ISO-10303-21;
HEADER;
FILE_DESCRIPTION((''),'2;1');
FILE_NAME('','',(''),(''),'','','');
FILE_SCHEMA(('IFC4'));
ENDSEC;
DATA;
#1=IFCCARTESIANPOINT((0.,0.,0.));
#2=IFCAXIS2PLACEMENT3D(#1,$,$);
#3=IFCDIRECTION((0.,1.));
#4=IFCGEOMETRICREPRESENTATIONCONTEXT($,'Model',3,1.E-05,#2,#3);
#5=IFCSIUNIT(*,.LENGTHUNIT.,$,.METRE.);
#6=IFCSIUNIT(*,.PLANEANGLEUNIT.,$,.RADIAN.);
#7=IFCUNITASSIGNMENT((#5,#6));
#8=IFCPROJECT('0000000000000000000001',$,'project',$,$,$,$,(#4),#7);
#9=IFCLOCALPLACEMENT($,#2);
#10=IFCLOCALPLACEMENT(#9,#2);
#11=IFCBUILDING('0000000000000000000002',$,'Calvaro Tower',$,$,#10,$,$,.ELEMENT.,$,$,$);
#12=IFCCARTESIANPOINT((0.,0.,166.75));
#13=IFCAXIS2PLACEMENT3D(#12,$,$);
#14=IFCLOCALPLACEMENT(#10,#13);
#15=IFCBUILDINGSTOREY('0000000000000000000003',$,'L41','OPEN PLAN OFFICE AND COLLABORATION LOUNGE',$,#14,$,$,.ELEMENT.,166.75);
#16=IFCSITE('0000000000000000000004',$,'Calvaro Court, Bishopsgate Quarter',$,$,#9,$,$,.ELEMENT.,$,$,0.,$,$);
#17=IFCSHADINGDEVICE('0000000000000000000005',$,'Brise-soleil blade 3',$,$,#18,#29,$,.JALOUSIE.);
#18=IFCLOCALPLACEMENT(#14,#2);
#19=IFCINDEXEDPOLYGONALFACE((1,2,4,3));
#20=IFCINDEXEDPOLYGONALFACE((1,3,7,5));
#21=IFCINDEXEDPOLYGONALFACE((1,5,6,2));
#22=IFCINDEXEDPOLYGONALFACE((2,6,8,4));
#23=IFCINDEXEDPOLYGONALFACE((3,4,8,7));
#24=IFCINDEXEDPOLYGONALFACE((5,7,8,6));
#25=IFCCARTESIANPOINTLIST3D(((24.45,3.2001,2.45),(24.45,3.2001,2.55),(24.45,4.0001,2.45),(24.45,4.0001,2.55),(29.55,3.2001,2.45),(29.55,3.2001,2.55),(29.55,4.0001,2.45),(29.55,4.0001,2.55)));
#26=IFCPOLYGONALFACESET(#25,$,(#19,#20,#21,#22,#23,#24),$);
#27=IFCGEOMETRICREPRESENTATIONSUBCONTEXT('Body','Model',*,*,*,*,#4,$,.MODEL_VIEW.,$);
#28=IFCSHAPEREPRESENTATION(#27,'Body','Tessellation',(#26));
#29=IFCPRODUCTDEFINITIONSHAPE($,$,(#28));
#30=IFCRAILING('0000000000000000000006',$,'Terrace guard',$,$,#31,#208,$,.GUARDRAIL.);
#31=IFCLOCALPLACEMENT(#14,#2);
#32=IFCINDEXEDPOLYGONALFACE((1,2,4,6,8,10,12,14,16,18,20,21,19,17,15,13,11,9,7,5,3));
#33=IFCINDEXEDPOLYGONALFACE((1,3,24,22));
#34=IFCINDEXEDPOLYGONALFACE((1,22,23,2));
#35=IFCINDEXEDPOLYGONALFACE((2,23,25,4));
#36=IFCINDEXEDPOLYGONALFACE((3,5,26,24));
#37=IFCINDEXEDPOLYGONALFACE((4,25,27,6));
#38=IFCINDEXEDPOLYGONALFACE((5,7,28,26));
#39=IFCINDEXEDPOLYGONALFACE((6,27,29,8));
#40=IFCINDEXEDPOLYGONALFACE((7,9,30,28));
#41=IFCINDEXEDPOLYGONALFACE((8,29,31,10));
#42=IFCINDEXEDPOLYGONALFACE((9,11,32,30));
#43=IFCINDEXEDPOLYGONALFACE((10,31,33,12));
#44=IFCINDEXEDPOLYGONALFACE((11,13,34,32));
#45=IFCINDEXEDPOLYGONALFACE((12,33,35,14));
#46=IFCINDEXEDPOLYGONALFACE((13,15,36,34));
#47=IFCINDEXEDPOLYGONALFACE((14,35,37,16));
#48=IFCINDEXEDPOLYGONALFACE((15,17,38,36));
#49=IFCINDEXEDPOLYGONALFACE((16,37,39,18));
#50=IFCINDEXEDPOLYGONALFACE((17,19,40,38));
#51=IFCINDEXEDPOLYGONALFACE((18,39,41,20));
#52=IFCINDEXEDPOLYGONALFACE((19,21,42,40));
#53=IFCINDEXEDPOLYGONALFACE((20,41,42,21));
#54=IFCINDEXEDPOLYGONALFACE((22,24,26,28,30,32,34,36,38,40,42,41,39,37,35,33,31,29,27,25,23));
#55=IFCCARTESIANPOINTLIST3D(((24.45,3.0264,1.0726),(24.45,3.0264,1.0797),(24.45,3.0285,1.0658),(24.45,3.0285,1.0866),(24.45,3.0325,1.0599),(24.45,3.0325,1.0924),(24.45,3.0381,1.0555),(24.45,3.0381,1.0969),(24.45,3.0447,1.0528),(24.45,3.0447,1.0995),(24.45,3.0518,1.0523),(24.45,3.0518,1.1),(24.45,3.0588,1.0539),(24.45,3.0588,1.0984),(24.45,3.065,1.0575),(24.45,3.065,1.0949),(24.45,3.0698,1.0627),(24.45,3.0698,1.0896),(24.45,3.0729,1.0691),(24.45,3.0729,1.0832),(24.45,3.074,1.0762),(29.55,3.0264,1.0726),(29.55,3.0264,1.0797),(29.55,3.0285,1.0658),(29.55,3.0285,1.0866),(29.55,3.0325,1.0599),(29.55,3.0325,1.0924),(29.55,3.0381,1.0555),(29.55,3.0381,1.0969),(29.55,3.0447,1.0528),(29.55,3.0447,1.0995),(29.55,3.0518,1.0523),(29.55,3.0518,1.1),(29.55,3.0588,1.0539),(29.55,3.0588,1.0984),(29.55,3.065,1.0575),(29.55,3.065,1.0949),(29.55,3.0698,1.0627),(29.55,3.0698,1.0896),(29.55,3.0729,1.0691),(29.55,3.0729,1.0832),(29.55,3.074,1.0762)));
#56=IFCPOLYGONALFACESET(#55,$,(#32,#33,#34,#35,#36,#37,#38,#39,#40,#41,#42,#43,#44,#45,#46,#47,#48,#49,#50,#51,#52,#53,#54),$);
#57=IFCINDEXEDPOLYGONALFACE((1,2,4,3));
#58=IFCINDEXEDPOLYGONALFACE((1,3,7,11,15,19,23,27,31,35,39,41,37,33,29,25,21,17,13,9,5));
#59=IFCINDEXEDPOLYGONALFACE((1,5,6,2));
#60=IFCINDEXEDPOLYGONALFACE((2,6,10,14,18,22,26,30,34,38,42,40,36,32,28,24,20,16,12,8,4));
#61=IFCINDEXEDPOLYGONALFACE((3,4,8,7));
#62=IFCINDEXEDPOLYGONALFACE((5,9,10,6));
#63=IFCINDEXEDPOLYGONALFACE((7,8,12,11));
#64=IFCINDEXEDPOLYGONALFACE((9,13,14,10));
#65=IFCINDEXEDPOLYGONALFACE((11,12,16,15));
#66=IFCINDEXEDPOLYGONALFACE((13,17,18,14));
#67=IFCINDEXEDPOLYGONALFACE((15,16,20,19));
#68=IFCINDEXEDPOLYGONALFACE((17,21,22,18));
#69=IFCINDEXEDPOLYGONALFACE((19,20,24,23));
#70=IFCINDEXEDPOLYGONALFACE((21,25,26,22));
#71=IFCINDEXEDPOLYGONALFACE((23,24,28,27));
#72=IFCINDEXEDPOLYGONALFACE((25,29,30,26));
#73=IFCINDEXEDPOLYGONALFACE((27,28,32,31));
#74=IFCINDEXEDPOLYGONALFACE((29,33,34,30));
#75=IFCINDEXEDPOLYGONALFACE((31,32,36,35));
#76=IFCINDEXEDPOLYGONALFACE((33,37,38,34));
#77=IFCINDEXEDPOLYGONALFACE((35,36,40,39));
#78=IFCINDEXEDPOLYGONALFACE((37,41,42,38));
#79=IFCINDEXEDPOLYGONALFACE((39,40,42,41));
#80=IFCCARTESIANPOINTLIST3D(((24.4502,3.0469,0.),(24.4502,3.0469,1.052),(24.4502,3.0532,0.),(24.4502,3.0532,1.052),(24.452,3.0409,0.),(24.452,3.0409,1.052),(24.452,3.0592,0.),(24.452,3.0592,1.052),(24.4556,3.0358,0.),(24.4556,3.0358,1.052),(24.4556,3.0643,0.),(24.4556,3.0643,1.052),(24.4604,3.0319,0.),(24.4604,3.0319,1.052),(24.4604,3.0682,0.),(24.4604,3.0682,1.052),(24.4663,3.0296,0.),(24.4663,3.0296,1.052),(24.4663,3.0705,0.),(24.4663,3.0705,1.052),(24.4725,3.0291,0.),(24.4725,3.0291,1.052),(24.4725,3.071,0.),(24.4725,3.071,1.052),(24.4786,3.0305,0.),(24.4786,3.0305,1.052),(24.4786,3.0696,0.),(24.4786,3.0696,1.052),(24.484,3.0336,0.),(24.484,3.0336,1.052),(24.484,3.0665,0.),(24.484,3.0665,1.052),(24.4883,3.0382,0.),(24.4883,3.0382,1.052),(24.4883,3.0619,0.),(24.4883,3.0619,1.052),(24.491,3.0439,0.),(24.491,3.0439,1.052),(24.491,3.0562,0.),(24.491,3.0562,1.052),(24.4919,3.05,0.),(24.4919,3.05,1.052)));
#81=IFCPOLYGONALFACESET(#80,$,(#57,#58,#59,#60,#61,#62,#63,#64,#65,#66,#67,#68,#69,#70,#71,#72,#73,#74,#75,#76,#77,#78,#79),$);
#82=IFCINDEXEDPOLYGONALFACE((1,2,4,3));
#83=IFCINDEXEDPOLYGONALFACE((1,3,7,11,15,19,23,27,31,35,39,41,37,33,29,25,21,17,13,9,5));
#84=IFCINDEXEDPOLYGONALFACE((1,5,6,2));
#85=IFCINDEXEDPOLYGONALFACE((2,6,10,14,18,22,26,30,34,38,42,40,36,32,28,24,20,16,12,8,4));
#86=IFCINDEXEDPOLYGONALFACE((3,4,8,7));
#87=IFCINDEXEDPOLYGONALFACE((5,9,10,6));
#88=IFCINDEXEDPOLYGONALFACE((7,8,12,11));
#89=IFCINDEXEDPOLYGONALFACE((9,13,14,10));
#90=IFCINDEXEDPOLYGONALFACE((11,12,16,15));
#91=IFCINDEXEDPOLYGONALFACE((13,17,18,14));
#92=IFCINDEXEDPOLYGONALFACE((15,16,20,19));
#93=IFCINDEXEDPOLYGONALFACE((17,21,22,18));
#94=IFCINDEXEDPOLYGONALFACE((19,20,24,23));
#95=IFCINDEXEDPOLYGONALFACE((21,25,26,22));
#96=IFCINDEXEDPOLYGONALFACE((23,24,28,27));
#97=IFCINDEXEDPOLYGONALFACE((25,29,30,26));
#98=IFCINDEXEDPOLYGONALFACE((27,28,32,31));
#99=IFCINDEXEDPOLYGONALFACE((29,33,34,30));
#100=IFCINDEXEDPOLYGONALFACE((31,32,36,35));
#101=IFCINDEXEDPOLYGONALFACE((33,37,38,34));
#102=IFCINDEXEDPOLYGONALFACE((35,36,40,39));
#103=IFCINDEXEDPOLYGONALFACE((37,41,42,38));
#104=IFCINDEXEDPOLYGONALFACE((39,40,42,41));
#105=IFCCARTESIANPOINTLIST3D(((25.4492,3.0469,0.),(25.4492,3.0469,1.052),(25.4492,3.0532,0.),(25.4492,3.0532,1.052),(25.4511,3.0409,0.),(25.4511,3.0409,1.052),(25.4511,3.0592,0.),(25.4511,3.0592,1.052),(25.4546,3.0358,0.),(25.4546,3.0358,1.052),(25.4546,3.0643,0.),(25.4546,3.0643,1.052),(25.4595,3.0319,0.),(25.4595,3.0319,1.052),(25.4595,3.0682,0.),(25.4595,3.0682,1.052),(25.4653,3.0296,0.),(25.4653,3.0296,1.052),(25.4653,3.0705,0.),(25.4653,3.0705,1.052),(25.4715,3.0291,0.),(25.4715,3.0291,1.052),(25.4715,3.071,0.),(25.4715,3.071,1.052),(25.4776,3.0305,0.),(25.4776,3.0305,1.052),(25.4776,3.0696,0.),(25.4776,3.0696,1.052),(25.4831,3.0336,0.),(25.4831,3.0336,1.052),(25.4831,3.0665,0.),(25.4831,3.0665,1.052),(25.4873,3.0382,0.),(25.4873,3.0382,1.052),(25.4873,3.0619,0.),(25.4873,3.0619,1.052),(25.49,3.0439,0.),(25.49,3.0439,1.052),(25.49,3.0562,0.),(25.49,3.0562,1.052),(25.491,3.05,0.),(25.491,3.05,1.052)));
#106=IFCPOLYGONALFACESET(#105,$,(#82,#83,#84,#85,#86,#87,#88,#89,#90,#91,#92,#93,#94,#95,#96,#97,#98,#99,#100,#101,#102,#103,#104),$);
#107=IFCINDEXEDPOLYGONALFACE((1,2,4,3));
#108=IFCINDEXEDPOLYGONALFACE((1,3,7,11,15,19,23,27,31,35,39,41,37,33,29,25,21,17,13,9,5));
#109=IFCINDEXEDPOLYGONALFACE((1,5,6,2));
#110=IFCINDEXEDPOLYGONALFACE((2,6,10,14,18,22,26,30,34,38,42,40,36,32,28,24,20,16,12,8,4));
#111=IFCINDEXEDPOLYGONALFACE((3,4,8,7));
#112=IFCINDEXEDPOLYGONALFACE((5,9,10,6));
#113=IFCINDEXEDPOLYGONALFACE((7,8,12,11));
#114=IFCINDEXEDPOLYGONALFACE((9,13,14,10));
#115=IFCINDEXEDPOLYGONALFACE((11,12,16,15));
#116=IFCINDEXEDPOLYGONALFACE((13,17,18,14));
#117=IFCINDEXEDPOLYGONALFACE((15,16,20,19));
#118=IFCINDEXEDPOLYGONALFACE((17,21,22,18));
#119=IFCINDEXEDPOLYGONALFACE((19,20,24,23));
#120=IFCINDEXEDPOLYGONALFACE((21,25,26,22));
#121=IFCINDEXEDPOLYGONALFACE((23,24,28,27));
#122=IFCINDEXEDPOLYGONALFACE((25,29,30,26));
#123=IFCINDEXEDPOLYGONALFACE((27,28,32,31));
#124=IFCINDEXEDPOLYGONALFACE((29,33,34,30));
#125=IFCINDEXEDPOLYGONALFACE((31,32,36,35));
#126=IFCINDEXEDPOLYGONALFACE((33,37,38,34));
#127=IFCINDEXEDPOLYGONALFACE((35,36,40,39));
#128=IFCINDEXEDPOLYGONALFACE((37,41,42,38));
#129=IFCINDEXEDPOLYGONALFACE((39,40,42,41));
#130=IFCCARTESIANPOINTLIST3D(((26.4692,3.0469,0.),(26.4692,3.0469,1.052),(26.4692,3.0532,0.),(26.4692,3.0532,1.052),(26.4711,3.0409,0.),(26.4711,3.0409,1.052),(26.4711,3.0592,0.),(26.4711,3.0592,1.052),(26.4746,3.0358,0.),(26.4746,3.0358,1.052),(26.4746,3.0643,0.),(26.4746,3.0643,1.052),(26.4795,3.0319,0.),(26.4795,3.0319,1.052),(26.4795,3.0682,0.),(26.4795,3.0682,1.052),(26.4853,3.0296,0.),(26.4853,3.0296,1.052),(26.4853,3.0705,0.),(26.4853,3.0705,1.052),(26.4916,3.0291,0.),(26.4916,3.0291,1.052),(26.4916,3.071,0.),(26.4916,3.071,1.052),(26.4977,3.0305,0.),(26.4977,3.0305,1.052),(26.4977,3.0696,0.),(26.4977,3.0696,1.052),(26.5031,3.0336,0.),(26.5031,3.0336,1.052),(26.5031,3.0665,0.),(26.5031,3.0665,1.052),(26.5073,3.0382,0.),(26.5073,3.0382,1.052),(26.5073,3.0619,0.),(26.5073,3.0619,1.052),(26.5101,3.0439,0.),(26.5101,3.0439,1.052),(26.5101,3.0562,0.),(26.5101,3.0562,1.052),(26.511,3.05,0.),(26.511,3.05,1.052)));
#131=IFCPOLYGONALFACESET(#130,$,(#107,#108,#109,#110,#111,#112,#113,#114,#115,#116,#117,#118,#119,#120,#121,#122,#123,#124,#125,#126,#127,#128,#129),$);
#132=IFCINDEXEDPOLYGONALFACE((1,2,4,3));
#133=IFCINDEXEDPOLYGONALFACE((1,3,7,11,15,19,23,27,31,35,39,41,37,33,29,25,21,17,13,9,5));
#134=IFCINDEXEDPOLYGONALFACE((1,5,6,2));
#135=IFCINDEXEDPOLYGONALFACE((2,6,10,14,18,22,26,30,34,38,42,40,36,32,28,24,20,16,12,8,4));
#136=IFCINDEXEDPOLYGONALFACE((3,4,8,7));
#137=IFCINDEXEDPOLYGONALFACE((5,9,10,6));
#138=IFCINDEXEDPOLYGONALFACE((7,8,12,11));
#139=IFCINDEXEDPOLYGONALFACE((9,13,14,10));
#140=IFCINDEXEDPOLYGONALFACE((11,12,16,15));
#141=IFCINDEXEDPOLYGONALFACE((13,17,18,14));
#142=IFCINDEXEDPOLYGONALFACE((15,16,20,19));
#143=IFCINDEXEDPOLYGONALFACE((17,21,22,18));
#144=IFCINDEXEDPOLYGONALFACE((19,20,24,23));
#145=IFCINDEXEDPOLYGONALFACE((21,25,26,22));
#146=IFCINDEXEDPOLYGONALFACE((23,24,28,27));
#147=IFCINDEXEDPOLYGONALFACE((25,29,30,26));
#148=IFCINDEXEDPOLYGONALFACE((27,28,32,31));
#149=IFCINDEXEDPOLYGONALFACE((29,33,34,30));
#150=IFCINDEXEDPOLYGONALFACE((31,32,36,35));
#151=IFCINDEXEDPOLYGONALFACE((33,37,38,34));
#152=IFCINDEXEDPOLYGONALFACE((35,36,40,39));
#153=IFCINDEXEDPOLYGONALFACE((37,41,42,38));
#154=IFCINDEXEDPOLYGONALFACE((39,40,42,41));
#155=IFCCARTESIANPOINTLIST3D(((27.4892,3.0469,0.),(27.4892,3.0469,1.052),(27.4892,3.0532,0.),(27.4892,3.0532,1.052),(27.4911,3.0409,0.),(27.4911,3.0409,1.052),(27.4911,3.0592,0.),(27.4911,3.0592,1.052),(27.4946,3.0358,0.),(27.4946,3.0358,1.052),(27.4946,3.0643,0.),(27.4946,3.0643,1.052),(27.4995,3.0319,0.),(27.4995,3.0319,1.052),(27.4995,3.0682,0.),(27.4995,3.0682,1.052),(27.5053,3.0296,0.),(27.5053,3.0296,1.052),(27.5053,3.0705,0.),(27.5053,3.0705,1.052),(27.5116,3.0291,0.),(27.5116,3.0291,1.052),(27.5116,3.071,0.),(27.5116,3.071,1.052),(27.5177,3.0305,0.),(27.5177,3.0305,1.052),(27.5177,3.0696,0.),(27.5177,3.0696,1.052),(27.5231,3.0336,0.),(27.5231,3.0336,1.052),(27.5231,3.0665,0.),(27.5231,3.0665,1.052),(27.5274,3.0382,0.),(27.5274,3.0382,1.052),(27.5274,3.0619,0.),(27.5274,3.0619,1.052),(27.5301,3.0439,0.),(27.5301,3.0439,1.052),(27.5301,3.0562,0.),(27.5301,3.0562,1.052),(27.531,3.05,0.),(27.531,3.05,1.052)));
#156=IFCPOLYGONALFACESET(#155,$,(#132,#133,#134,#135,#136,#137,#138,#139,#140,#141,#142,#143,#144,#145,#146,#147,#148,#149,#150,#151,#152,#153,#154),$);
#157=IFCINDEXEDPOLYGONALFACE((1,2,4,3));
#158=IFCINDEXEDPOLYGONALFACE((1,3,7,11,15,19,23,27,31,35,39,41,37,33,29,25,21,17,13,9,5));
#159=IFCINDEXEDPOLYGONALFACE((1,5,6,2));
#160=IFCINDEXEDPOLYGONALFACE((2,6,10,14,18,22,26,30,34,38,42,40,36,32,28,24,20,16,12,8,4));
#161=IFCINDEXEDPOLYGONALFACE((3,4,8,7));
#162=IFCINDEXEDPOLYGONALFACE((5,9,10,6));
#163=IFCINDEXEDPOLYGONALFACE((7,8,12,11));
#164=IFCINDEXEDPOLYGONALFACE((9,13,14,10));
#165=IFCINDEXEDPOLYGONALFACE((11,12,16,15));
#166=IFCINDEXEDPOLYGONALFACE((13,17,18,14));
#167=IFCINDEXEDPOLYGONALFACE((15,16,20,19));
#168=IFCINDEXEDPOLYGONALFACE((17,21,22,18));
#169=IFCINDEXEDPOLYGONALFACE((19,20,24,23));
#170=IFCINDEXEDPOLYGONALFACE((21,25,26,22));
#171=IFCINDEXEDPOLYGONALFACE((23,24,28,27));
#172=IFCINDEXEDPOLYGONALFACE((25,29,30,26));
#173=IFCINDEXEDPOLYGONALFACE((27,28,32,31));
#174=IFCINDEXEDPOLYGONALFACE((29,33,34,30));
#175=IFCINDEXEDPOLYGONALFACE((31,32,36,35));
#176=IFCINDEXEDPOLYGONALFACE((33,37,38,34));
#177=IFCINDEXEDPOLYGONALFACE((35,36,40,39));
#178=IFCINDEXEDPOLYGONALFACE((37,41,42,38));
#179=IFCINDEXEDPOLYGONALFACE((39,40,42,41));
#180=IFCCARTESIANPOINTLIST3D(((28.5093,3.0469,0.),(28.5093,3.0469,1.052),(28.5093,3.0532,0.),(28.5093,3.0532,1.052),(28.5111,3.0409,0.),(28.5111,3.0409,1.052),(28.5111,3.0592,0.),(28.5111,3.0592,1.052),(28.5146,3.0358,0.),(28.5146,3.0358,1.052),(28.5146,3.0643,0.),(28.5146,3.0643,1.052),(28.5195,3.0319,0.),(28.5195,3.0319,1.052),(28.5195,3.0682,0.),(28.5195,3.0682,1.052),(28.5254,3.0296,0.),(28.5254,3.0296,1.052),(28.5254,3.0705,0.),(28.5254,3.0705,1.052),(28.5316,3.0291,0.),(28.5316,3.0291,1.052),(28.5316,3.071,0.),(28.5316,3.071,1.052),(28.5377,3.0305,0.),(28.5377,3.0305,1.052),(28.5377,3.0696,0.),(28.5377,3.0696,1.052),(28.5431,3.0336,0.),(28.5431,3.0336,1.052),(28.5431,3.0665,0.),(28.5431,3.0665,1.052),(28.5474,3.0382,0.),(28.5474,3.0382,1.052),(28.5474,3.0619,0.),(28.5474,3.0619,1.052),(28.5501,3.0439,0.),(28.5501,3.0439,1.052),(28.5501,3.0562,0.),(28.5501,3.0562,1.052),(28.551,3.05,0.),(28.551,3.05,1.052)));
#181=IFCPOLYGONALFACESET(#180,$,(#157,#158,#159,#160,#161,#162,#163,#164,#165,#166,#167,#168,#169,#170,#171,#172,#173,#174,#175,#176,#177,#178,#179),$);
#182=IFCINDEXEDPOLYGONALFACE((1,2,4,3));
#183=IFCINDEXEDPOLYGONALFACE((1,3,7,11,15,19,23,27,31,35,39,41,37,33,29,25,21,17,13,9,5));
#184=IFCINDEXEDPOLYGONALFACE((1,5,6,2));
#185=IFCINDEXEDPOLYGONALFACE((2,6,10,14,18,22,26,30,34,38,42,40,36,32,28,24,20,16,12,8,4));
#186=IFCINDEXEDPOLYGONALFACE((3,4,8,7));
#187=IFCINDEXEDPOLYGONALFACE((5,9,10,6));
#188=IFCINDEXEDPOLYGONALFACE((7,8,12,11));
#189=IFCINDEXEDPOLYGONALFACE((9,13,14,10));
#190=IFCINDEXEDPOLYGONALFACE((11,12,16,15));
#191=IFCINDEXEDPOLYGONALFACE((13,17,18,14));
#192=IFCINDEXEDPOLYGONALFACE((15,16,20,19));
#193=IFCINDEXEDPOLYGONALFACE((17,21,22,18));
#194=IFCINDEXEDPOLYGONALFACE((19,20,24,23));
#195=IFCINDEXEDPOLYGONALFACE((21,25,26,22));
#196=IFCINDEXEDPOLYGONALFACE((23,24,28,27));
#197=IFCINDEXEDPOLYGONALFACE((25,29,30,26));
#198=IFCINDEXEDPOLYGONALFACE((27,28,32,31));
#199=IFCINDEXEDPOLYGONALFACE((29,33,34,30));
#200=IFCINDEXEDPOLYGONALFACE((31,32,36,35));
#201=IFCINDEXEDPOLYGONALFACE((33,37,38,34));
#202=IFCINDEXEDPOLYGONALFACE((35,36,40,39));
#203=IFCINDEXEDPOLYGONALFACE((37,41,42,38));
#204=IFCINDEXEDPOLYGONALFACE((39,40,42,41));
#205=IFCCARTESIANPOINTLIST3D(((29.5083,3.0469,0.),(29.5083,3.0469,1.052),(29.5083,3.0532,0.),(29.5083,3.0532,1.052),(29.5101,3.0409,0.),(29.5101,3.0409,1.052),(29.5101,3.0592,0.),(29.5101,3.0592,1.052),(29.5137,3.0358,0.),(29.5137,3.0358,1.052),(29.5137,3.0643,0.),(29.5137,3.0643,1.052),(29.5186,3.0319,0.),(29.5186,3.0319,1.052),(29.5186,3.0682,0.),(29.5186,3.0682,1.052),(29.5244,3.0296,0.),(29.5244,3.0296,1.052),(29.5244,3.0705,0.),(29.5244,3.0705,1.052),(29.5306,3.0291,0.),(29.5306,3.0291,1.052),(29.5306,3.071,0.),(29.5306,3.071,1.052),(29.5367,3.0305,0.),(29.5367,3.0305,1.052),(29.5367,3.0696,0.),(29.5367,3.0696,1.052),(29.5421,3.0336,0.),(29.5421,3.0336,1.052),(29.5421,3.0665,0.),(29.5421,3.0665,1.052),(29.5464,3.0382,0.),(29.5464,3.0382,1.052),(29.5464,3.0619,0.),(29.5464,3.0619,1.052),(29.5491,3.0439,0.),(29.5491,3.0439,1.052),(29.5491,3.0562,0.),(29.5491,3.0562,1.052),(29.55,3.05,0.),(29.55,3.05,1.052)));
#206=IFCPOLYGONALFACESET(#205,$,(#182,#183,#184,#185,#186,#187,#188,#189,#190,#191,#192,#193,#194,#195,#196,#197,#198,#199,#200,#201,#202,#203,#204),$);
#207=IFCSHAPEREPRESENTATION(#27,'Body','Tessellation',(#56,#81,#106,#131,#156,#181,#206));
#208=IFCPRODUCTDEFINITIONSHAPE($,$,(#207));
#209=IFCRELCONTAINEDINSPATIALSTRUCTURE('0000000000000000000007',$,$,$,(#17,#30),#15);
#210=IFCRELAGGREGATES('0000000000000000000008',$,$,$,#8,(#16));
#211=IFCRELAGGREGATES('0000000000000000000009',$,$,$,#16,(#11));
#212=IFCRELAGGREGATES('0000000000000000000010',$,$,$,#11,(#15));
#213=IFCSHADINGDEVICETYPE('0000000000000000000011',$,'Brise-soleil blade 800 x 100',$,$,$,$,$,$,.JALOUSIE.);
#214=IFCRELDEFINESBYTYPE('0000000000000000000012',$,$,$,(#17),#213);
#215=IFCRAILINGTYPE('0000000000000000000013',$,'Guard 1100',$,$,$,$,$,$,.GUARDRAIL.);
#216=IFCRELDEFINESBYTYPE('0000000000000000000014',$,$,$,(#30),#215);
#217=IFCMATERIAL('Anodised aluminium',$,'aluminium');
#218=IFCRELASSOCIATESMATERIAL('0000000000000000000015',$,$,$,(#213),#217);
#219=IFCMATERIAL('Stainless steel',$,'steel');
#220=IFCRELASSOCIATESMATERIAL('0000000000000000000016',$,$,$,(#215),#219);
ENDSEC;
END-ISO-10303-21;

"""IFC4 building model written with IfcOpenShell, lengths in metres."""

from ifc_helpers import new_model, si_unit, direction, frame, origin, origin_2d, place, context, subcontext, project, spatial, rectangle, circle, extrude, material, material_profile, profile_set, type_object, element, save


model = new_model("IFC4")

# Units and contexts
model_context = context("Model", 3, precision=1e-05, world=origin(), true_north=direction((0.0, 1.0)))
body_context = subcontext(model_context, "Body", "Model", "MODEL_VIEW")
ifc_project = project(units=[si_unit("LENGTHUNIT", "METRE"), si_unit("PLANEANGLEUNIT", "RADIAN")], contexts=[model_context])

# Site, building, storey
site_placement = place(None, origin())
site = spatial("IfcSite", under=ifc_project, at=site_placement, Name="Calvaro Court, Bishopsgate Quarter", CompositionType="ELEMENT", RefElevation=0.0)
building_placement = place(site_placement, origin())
building = spatial("IfcBuilding", under=site, at=building_placement, Name="Calvaro Tower", CompositionType="ELEMENT")
storey_placement = place(building_placement, frame((0.0, 0.0, 166.75)))
storey = spatial("IfcBuildingStorey", under=building, at=storey_placement, Name="L41", Description="OPEN PLAN OFFICE AND COLLABORATION LOUNGE", CompositionType="ELEMENT", Elevation=166.75)

# Shading device
ifc_material_1 = material(Name="Anodised aluminium", Category="aluminium")
ifc_material_profile_1 = material_profile(ifc_material_1, rectangle(XDim=0.8, YDim=0.1001, at=origin_2d()), Name="Brise-soleil blade 800 x 100")
ifc_profile_set_1 = profile_set([ifc_material_profile_1], Name="Anodised aluminium")
shading_device_type = type_object("IfcShadingDeviceType", Name="Brise-soleil blade 800 x 100", PredefinedType="JALOUSIE", material=ifc_profile_set_1)
for number, where, z_axis, x_axis, name in (
    (1, (24.45, 3.6001, 2.5), (1.0, 0.0, 0.0), (0.0, 1.0, 0.0), "Brise-soleil blade 3"),
):
    element("IfcShadingDevice", number, at=place(storey_placement, frame(where, z_axis=z_axis, x_axis=x_axis)), inside=storey, type_object=shading_device_type, Name=name, PredefinedType="JALOUSIE", context=body_context, shape_type="SweptSolid", body=[
        extrude(rectangle(XDim=0.8, YDim=0.1001, at=origin_2d()), origin(), (0.0, 0.0, 1.0), 5.1001),
    ])

# Railing
ifc_material_2 = material(Name="Stainless steel", Category="steel")
railing_type = type_object("IfcRailingType", Name="Guard 1100", PredefinedType="GUARDRAIL", material=ifc_material_2)
railing_placement = place(storey_placement, frame((24.45, 3.05, 0.0)))
element("IfcRailing", 2, at=railing_placement, inside=storey, type_object=railing_type, Name="Terrace guard", PredefinedType="GUARDRAIL", context=body_context, shape_type="SweptSolid", body=[
    extrude(circle(Radius=0.0239, at=origin_2d()), frame((0.0, 0.0, 1.0762), z_axis=(1.0, 0.0, 0.0), x_axis=(0.0, 1.0, 0.0)), (0.0, 0.0, 1.0), 5.1001),
    extrude(circle(Radius=0.021, at=origin_2d()), frame((0.021, 0.0, 0.0)), (0.0, 0.0, 1.0), 1.052),
    extrude(circle(Radius=0.021, at=origin_2d()), frame((1.02, 0.0, 0.0)), (0.0, 0.0, 1.0), 1.052),
    extrude(circle(Radius=0.021, at=origin_2d()), frame((2.04, 0.0, 0.0)), (0.0, 0.0, 1.0), 1.052),
    extrude(circle(Radius=0.021, at=origin_2d()), frame((3.0601, 0.0, 0.0)), (0.0, 0.0, 1.0), 1.052),
    extrude(circle(Radius=0.021, at=origin_2d()), frame((4.0801, 0.0, 0.0)), (0.0, 0.0, 1.0), 1.052),
    extrude(circle(Radius=0.021, at=origin_2d()), frame((5.0791, 0.0, 0.0)), (0.0, 0.0, 1.0), 1.052),
])

save(model, "model.ifc")
